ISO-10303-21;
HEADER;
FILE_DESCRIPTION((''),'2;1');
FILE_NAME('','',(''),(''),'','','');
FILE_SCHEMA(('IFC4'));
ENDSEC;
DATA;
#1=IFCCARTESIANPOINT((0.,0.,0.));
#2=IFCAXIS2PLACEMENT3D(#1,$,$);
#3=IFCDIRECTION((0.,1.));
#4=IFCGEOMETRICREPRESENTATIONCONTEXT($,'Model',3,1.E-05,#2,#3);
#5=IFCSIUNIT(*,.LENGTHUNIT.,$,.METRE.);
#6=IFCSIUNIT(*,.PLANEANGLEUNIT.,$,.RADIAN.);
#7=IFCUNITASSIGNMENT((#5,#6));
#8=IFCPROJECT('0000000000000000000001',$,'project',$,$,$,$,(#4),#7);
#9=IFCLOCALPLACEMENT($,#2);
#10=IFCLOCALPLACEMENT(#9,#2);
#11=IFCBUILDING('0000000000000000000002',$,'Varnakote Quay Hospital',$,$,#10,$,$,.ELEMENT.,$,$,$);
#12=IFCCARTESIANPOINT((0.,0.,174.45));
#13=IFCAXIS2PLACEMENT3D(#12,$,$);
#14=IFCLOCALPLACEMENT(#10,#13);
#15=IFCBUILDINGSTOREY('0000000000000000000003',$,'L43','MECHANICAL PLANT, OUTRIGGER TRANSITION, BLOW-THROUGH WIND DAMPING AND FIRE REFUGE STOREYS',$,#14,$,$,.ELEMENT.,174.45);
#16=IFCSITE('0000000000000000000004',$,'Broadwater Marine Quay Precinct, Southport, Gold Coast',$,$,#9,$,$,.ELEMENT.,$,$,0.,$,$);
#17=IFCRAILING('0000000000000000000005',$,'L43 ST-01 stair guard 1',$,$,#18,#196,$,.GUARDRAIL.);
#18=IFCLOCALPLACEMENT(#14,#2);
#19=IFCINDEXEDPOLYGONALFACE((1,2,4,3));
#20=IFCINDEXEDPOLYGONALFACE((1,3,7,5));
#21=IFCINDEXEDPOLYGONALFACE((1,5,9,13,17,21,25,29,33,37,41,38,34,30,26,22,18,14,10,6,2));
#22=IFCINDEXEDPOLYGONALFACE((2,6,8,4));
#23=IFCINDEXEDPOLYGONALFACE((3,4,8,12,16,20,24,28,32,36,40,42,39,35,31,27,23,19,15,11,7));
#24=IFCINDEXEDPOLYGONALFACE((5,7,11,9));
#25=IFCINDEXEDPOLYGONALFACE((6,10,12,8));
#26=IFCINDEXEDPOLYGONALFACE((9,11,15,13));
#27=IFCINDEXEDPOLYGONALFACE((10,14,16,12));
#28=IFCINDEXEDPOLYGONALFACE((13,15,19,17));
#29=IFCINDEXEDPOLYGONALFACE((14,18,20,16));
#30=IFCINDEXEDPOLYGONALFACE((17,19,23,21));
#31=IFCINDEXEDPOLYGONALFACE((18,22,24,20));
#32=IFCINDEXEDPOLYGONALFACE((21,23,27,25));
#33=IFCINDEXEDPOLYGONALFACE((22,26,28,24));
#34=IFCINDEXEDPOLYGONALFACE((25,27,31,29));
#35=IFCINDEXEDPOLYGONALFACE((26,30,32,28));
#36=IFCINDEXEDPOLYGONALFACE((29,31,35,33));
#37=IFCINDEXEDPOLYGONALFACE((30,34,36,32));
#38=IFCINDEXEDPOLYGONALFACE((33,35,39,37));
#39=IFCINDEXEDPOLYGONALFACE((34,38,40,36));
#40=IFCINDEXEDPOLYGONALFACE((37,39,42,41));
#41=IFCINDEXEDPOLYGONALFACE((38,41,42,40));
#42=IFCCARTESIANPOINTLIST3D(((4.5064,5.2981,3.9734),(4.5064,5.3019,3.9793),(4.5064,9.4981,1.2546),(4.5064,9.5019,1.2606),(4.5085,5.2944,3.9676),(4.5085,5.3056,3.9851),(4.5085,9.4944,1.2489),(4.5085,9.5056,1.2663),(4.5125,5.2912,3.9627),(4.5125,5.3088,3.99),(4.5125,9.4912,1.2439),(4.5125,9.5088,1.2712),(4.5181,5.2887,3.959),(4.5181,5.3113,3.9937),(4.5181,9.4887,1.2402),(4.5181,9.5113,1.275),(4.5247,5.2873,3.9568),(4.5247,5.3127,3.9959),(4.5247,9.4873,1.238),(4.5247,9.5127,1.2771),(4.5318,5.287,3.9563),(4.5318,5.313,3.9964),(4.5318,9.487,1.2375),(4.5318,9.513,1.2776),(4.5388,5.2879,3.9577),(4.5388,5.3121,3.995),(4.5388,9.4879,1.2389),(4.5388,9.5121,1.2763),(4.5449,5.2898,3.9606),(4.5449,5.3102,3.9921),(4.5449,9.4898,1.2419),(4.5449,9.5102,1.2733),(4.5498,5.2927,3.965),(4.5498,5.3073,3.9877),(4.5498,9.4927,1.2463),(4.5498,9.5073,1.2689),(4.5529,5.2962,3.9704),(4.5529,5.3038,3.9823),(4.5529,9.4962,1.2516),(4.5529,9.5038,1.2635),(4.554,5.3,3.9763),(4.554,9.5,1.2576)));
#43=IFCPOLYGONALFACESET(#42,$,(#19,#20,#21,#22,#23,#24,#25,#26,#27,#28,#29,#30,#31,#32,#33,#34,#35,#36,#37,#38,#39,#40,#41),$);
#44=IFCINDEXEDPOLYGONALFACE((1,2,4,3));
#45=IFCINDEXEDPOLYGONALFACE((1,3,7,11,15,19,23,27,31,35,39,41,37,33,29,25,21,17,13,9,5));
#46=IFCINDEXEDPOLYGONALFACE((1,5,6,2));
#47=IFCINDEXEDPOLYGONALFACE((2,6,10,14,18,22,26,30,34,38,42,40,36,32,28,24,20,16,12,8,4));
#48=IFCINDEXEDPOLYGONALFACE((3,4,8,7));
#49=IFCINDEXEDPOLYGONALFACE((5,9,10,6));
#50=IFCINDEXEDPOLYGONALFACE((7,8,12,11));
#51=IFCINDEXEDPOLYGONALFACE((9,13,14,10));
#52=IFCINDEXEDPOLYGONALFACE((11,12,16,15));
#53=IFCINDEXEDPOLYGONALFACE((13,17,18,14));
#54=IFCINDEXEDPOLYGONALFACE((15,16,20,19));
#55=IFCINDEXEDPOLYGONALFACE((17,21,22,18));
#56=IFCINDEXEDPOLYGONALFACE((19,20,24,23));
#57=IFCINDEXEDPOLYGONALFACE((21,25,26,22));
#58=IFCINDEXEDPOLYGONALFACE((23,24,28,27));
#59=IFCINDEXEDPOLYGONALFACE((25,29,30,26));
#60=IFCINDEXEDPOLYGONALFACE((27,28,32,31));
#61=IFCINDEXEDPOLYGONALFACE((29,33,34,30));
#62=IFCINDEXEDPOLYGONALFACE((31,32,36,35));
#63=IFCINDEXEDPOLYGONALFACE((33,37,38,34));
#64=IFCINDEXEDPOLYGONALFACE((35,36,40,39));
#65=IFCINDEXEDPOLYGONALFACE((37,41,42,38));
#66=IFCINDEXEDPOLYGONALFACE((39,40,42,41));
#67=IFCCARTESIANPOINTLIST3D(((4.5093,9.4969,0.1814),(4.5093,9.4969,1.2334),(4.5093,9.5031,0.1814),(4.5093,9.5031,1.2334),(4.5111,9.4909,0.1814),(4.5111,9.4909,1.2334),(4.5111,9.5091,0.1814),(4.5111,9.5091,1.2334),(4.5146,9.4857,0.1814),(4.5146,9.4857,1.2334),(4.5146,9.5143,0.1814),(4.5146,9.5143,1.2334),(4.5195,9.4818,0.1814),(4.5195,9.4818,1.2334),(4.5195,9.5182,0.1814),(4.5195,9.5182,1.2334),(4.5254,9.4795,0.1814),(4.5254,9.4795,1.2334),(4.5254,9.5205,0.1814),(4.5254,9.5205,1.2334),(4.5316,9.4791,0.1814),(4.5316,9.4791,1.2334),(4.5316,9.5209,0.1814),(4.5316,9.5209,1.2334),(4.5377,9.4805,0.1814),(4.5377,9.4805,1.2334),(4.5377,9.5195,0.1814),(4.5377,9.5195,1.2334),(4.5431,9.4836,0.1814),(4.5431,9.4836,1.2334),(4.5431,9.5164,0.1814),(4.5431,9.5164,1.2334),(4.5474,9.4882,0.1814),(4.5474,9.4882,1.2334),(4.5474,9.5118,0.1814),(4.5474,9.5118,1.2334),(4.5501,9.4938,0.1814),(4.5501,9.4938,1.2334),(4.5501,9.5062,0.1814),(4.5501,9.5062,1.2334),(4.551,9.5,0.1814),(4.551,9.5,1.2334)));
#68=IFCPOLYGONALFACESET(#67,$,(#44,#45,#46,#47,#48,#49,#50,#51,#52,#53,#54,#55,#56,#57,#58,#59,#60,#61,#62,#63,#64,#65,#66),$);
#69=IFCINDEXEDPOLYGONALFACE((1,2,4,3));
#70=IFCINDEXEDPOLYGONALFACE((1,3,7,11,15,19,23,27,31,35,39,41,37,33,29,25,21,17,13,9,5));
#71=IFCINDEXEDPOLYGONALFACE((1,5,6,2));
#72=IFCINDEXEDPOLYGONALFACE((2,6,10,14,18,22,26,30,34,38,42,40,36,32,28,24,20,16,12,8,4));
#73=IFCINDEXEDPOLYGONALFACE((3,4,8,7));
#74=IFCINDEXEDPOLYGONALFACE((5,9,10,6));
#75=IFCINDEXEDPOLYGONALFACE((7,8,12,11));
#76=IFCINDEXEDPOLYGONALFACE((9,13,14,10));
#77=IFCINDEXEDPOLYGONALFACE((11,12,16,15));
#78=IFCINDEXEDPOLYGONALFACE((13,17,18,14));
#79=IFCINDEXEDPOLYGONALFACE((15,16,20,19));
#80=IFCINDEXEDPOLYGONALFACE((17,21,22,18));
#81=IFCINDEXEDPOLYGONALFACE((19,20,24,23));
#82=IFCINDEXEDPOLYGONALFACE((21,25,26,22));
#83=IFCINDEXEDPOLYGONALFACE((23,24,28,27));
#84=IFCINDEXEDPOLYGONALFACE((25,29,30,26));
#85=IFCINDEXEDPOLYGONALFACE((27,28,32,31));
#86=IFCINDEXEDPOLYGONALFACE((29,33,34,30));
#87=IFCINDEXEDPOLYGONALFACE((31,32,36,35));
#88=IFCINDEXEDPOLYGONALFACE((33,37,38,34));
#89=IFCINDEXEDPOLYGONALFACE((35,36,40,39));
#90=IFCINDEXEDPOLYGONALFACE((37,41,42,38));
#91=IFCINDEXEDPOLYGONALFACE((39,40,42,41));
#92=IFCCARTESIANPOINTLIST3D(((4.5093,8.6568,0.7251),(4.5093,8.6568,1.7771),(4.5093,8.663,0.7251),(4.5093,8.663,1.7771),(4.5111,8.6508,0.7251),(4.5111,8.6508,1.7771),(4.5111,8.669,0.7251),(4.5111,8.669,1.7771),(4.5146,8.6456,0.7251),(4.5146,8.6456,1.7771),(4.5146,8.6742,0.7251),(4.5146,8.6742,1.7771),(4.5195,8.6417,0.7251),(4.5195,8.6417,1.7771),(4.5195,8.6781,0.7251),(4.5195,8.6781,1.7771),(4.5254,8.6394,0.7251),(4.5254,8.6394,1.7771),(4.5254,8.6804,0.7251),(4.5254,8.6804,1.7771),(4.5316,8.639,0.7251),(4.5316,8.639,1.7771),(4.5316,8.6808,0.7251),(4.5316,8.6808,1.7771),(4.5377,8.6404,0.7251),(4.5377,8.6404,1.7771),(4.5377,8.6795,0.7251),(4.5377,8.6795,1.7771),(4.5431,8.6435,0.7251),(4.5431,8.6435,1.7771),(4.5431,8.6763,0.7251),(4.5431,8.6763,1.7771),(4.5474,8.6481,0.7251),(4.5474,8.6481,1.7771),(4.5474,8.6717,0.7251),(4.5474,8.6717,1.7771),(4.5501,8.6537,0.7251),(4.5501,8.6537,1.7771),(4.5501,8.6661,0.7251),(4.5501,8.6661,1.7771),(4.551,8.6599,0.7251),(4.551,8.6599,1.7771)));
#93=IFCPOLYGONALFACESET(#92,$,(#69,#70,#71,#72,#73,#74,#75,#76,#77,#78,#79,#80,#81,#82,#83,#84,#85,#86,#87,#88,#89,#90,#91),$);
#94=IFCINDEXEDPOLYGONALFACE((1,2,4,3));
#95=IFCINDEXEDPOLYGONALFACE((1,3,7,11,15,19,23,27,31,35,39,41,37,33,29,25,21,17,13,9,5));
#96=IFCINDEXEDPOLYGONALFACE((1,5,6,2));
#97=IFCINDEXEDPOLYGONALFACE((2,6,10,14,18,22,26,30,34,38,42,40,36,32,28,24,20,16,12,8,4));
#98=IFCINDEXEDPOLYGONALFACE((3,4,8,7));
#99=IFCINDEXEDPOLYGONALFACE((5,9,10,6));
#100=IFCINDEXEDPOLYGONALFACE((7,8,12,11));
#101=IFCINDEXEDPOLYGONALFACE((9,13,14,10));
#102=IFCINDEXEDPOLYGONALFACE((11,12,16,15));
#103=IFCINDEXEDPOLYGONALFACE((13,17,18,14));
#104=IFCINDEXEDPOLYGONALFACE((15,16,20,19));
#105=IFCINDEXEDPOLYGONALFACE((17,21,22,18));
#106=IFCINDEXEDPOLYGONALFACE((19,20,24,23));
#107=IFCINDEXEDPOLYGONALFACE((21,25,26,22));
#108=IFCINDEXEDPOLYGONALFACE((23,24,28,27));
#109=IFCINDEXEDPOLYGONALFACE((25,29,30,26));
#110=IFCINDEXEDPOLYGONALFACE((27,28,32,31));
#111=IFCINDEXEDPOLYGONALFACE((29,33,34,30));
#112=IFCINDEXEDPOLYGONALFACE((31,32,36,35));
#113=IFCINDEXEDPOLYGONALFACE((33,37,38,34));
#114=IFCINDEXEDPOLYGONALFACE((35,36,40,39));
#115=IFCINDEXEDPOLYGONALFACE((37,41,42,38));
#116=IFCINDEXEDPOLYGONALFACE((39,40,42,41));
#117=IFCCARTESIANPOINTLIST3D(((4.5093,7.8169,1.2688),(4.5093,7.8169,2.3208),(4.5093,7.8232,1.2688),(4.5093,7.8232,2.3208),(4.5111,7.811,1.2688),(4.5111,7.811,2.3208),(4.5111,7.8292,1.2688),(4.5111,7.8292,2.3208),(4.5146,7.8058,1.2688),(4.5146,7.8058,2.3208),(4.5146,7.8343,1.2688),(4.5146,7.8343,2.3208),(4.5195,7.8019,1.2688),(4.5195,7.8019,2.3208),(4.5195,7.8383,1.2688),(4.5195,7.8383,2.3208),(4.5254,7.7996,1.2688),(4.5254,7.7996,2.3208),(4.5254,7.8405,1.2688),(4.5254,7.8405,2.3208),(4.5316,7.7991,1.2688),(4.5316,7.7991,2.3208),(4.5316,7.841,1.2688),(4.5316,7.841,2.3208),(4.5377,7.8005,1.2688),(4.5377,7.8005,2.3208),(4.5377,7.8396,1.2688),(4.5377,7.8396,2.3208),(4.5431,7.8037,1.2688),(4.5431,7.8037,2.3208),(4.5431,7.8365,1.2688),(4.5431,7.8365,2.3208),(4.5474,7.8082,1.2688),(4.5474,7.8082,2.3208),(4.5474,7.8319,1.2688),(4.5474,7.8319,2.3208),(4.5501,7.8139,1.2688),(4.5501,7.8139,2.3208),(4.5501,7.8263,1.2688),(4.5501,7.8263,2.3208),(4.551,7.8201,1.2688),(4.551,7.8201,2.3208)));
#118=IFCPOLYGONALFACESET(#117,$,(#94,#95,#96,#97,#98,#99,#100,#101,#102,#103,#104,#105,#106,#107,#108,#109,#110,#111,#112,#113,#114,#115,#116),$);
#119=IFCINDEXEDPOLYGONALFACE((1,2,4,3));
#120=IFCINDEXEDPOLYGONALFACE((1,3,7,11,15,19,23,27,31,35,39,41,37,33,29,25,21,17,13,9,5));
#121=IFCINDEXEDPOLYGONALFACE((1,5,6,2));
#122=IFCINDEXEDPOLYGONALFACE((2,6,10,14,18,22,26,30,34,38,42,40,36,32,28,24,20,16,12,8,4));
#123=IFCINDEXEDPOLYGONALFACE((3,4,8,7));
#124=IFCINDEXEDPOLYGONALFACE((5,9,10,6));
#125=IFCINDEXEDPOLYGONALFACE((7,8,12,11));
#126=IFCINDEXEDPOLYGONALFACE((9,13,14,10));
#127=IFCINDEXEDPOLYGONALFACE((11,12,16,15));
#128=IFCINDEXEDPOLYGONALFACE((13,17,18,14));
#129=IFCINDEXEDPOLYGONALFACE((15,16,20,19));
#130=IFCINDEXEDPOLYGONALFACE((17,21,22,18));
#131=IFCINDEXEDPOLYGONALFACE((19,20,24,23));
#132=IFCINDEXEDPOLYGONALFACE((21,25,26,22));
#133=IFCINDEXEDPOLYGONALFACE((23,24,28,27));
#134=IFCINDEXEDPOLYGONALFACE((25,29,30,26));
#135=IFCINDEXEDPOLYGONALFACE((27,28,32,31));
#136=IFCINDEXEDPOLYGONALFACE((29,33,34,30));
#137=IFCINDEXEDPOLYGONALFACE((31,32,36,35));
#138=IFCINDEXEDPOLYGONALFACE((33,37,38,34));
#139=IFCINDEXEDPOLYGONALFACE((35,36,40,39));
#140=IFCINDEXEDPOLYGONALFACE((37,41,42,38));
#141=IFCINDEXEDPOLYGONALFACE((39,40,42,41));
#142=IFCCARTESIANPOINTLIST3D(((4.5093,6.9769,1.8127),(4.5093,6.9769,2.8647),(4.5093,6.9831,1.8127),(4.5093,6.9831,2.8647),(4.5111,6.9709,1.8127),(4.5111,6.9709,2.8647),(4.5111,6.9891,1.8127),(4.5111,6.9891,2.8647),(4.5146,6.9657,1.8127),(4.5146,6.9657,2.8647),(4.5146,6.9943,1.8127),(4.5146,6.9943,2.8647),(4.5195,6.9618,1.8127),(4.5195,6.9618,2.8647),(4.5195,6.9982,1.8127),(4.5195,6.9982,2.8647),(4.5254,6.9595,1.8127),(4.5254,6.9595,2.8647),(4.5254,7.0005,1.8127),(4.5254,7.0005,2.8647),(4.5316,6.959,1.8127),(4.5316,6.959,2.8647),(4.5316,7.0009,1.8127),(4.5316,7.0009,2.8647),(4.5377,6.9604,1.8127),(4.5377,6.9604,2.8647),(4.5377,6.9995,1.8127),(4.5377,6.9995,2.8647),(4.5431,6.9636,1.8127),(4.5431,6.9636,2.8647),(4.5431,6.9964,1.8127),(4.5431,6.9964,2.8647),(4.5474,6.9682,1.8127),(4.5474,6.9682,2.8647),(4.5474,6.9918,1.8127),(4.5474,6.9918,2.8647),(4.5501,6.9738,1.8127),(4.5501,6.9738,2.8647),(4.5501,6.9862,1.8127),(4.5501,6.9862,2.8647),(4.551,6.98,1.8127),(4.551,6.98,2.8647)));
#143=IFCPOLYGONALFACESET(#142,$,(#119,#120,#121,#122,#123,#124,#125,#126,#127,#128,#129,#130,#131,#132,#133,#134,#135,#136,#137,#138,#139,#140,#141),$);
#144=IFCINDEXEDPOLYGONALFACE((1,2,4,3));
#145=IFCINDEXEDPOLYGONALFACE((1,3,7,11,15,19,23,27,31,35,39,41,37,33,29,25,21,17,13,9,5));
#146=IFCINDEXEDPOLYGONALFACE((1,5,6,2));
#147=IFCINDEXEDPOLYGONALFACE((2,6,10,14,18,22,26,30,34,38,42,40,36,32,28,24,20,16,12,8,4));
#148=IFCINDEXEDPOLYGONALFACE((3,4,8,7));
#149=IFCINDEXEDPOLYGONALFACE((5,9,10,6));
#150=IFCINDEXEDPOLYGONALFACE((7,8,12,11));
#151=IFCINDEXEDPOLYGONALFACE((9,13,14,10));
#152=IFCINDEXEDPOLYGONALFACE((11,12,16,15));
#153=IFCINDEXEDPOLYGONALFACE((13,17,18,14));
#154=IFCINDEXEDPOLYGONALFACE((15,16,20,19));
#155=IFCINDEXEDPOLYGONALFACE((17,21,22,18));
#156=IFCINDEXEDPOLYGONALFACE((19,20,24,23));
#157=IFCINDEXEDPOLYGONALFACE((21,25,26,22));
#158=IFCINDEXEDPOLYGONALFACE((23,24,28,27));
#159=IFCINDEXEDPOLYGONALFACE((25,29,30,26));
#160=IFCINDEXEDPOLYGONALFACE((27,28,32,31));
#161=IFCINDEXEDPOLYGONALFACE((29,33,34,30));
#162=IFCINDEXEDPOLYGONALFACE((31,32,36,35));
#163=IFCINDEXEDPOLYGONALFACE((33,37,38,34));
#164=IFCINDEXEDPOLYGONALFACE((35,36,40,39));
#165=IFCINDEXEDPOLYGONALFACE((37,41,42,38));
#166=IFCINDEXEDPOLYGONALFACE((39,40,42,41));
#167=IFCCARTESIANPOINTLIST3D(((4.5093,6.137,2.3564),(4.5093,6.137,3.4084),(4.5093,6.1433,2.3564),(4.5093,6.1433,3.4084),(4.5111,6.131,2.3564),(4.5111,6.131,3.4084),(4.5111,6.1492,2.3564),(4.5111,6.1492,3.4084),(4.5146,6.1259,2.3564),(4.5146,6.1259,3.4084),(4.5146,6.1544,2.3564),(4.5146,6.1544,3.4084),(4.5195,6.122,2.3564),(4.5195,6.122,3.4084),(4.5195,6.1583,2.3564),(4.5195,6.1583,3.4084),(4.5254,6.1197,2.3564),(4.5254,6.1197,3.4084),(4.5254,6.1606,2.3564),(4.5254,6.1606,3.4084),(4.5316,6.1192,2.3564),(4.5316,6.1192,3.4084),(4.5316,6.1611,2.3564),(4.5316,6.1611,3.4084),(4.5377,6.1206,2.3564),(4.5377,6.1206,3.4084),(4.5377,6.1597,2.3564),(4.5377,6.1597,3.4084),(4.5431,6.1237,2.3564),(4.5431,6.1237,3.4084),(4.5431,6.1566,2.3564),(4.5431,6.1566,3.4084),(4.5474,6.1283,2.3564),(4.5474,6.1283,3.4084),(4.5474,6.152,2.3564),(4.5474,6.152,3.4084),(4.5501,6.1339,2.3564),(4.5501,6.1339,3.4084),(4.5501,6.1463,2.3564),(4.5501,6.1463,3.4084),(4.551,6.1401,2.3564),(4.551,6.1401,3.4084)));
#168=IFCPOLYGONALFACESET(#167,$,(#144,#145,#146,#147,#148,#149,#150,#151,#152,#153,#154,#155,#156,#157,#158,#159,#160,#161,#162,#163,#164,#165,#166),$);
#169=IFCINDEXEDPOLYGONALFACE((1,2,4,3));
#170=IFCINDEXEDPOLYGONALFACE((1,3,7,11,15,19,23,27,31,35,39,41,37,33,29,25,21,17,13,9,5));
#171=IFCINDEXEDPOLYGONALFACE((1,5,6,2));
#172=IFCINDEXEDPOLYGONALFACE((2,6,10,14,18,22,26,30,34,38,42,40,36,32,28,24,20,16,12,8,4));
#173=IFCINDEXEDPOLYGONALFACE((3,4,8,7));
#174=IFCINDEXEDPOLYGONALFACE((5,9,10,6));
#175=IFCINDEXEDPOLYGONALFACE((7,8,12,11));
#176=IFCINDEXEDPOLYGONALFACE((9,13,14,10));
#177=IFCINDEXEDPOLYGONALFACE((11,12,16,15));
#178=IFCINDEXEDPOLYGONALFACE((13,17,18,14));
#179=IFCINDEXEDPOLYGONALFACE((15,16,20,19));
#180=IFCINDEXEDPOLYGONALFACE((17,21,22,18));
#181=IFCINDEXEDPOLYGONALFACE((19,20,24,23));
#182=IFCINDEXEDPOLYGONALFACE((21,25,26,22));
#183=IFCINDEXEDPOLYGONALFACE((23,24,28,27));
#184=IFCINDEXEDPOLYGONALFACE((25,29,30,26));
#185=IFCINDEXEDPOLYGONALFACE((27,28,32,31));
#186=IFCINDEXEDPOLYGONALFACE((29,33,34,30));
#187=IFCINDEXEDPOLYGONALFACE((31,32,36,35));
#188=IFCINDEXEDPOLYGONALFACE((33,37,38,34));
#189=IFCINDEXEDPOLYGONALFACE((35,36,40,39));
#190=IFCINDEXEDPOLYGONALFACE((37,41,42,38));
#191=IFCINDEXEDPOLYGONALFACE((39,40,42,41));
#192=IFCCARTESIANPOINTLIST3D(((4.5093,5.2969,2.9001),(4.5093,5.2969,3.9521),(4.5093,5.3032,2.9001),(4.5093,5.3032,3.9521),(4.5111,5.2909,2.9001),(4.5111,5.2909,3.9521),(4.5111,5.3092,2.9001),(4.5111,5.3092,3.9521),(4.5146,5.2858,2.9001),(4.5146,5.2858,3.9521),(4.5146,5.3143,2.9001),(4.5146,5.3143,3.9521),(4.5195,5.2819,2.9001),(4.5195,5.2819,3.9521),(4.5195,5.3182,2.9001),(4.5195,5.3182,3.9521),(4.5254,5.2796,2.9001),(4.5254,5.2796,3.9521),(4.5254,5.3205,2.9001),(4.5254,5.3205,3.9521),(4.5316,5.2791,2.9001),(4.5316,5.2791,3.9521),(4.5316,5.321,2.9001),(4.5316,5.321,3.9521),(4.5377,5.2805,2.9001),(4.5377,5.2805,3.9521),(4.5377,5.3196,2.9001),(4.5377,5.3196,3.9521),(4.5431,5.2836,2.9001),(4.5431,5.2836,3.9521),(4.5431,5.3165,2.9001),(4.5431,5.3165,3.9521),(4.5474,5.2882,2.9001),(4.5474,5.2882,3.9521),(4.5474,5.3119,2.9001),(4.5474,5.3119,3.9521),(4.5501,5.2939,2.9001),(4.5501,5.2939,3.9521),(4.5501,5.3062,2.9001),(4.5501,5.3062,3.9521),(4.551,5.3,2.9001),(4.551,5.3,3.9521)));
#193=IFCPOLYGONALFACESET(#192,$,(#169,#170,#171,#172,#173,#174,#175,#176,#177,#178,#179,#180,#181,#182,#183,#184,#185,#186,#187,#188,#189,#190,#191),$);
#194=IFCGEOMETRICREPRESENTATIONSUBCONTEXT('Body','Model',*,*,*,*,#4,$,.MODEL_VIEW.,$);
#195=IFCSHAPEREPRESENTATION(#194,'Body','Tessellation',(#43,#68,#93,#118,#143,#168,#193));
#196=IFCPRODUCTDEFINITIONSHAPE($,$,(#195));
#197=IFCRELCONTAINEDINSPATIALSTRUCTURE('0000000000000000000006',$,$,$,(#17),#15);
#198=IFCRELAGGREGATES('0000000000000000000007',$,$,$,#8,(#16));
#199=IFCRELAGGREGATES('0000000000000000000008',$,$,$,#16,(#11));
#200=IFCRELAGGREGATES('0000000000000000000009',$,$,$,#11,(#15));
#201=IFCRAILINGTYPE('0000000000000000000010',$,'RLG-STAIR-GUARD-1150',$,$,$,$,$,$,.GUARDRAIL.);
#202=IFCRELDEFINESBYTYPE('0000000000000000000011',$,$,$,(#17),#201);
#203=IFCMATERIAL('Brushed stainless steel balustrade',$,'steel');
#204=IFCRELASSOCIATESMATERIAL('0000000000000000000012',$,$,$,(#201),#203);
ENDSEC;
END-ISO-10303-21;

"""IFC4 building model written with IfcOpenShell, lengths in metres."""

from ifc_helpers import new_model, si_unit, direction, frame, origin, origin_2d, place, context, subcontext, project, spatial, circle, extrude, material, type_object, element, save


model = new_model("IFC4")

# Units and contexts
model_context = context("Model", 3, precision=1e-05, world=origin(), true_north=direction((0.0, 1.0)))
body_context = subcontext(model_context, "Body", "Model", "MODEL_VIEW")
ifc_project = project(units=[si_unit("LENGTHUNIT", "METRE"), si_unit("PLANEANGLEUNIT", "RADIAN")], contexts=[model_context])

# Site, building, storey
site_placement = place(None, origin())
site = spatial("IfcSite", under=ifc_project, at=site_placement, Name="Broadwater Marine Quay Precinct, Southport, Gold Coast", CompositionType="ELEMENT", RefElevation=0.0)
building_placement = place(site_placement, origin())
building = spatial("IfcBuilding", under=site, at=building_placement, Name="Varnakote Quay Hospital", CompositionType="ELEMENT")
storey_placement = place(building_placement, frame((0.0, 0.0, 174.45)))
storey = spatial("IfcBuildingStorey", under=building, at=storey_placement, Name="L43", Description="MECHANICAL PLANT, OUTRIGGER TRANSITION, BLOW-THROUGH WIND DAMPING AND FIRE REFUGE STOREYS", CompositionType="ELEMENT", Elevation=174.45)

# Railing
ifc_material_1 = material(Name="Brushed stainless steel balustrade", Category="steel")
railing_type_1 = type_object("IfcRailingType", Name="RLG-STAIR-GUARD-1150", PredefinedType="GUARDRAIL", material=ifc_material_1)
railing_1_placement = place(storey_placement, frame((4.53, 9.5, 0.1814)))
element("IfcRailing", 1, at=railing_1_placement, inside=storey, type_object=railing_type_1, Name="L43 ST-01 stair guard 1", PredefinedType="GUARDRAIL", context=body_context, shape_type="SweptSolid", body=[
    extrude(circle(Radius=0.0239, at=origin_2d()), frame((0.0, 0.0, 1.0762), z_axis=(0.0, -0.839467, 0.543411), x_axis=(1.0, 0.0, 0.0)), (0.0, 0.0, 1.0), 5.0032),
    extrude(circle(Radius=0.021, at=origin_2d()), origin(), (0.0, 0.0, 1.0), 1.052),
    extrude(circle(Radius=0.021, at=origin_2d()), frame((0.0, -0.8401, 0.5437)), (0.0, 0.0, 1.0), 1.052),
    extrude(circle(Radius=0.021, at=origin_2d()), frame((0.0, -1.6799, 1.0874)), (0.0, 0.0, 1.0), 1.052),
    extrude(circle(Radius=0.021, at=origin_2d()), frame((0.0, -2.52, 1.6313)), (0.0, 0.0, 1.0), 1.052),
    extrude(circle(Radius=0.021, at=origin_2d()), frame((0.0, -3.3599, 2.175)), (0.0, 0.0, 1.0), 1.052),
    extrude(circle(Radius=0.021, at=origin_2d()), frame((0.0, -4.2, 2.7188)), (0.0, 0.0, 1.0), 1.052),
])

save(model, "model.ifc")
